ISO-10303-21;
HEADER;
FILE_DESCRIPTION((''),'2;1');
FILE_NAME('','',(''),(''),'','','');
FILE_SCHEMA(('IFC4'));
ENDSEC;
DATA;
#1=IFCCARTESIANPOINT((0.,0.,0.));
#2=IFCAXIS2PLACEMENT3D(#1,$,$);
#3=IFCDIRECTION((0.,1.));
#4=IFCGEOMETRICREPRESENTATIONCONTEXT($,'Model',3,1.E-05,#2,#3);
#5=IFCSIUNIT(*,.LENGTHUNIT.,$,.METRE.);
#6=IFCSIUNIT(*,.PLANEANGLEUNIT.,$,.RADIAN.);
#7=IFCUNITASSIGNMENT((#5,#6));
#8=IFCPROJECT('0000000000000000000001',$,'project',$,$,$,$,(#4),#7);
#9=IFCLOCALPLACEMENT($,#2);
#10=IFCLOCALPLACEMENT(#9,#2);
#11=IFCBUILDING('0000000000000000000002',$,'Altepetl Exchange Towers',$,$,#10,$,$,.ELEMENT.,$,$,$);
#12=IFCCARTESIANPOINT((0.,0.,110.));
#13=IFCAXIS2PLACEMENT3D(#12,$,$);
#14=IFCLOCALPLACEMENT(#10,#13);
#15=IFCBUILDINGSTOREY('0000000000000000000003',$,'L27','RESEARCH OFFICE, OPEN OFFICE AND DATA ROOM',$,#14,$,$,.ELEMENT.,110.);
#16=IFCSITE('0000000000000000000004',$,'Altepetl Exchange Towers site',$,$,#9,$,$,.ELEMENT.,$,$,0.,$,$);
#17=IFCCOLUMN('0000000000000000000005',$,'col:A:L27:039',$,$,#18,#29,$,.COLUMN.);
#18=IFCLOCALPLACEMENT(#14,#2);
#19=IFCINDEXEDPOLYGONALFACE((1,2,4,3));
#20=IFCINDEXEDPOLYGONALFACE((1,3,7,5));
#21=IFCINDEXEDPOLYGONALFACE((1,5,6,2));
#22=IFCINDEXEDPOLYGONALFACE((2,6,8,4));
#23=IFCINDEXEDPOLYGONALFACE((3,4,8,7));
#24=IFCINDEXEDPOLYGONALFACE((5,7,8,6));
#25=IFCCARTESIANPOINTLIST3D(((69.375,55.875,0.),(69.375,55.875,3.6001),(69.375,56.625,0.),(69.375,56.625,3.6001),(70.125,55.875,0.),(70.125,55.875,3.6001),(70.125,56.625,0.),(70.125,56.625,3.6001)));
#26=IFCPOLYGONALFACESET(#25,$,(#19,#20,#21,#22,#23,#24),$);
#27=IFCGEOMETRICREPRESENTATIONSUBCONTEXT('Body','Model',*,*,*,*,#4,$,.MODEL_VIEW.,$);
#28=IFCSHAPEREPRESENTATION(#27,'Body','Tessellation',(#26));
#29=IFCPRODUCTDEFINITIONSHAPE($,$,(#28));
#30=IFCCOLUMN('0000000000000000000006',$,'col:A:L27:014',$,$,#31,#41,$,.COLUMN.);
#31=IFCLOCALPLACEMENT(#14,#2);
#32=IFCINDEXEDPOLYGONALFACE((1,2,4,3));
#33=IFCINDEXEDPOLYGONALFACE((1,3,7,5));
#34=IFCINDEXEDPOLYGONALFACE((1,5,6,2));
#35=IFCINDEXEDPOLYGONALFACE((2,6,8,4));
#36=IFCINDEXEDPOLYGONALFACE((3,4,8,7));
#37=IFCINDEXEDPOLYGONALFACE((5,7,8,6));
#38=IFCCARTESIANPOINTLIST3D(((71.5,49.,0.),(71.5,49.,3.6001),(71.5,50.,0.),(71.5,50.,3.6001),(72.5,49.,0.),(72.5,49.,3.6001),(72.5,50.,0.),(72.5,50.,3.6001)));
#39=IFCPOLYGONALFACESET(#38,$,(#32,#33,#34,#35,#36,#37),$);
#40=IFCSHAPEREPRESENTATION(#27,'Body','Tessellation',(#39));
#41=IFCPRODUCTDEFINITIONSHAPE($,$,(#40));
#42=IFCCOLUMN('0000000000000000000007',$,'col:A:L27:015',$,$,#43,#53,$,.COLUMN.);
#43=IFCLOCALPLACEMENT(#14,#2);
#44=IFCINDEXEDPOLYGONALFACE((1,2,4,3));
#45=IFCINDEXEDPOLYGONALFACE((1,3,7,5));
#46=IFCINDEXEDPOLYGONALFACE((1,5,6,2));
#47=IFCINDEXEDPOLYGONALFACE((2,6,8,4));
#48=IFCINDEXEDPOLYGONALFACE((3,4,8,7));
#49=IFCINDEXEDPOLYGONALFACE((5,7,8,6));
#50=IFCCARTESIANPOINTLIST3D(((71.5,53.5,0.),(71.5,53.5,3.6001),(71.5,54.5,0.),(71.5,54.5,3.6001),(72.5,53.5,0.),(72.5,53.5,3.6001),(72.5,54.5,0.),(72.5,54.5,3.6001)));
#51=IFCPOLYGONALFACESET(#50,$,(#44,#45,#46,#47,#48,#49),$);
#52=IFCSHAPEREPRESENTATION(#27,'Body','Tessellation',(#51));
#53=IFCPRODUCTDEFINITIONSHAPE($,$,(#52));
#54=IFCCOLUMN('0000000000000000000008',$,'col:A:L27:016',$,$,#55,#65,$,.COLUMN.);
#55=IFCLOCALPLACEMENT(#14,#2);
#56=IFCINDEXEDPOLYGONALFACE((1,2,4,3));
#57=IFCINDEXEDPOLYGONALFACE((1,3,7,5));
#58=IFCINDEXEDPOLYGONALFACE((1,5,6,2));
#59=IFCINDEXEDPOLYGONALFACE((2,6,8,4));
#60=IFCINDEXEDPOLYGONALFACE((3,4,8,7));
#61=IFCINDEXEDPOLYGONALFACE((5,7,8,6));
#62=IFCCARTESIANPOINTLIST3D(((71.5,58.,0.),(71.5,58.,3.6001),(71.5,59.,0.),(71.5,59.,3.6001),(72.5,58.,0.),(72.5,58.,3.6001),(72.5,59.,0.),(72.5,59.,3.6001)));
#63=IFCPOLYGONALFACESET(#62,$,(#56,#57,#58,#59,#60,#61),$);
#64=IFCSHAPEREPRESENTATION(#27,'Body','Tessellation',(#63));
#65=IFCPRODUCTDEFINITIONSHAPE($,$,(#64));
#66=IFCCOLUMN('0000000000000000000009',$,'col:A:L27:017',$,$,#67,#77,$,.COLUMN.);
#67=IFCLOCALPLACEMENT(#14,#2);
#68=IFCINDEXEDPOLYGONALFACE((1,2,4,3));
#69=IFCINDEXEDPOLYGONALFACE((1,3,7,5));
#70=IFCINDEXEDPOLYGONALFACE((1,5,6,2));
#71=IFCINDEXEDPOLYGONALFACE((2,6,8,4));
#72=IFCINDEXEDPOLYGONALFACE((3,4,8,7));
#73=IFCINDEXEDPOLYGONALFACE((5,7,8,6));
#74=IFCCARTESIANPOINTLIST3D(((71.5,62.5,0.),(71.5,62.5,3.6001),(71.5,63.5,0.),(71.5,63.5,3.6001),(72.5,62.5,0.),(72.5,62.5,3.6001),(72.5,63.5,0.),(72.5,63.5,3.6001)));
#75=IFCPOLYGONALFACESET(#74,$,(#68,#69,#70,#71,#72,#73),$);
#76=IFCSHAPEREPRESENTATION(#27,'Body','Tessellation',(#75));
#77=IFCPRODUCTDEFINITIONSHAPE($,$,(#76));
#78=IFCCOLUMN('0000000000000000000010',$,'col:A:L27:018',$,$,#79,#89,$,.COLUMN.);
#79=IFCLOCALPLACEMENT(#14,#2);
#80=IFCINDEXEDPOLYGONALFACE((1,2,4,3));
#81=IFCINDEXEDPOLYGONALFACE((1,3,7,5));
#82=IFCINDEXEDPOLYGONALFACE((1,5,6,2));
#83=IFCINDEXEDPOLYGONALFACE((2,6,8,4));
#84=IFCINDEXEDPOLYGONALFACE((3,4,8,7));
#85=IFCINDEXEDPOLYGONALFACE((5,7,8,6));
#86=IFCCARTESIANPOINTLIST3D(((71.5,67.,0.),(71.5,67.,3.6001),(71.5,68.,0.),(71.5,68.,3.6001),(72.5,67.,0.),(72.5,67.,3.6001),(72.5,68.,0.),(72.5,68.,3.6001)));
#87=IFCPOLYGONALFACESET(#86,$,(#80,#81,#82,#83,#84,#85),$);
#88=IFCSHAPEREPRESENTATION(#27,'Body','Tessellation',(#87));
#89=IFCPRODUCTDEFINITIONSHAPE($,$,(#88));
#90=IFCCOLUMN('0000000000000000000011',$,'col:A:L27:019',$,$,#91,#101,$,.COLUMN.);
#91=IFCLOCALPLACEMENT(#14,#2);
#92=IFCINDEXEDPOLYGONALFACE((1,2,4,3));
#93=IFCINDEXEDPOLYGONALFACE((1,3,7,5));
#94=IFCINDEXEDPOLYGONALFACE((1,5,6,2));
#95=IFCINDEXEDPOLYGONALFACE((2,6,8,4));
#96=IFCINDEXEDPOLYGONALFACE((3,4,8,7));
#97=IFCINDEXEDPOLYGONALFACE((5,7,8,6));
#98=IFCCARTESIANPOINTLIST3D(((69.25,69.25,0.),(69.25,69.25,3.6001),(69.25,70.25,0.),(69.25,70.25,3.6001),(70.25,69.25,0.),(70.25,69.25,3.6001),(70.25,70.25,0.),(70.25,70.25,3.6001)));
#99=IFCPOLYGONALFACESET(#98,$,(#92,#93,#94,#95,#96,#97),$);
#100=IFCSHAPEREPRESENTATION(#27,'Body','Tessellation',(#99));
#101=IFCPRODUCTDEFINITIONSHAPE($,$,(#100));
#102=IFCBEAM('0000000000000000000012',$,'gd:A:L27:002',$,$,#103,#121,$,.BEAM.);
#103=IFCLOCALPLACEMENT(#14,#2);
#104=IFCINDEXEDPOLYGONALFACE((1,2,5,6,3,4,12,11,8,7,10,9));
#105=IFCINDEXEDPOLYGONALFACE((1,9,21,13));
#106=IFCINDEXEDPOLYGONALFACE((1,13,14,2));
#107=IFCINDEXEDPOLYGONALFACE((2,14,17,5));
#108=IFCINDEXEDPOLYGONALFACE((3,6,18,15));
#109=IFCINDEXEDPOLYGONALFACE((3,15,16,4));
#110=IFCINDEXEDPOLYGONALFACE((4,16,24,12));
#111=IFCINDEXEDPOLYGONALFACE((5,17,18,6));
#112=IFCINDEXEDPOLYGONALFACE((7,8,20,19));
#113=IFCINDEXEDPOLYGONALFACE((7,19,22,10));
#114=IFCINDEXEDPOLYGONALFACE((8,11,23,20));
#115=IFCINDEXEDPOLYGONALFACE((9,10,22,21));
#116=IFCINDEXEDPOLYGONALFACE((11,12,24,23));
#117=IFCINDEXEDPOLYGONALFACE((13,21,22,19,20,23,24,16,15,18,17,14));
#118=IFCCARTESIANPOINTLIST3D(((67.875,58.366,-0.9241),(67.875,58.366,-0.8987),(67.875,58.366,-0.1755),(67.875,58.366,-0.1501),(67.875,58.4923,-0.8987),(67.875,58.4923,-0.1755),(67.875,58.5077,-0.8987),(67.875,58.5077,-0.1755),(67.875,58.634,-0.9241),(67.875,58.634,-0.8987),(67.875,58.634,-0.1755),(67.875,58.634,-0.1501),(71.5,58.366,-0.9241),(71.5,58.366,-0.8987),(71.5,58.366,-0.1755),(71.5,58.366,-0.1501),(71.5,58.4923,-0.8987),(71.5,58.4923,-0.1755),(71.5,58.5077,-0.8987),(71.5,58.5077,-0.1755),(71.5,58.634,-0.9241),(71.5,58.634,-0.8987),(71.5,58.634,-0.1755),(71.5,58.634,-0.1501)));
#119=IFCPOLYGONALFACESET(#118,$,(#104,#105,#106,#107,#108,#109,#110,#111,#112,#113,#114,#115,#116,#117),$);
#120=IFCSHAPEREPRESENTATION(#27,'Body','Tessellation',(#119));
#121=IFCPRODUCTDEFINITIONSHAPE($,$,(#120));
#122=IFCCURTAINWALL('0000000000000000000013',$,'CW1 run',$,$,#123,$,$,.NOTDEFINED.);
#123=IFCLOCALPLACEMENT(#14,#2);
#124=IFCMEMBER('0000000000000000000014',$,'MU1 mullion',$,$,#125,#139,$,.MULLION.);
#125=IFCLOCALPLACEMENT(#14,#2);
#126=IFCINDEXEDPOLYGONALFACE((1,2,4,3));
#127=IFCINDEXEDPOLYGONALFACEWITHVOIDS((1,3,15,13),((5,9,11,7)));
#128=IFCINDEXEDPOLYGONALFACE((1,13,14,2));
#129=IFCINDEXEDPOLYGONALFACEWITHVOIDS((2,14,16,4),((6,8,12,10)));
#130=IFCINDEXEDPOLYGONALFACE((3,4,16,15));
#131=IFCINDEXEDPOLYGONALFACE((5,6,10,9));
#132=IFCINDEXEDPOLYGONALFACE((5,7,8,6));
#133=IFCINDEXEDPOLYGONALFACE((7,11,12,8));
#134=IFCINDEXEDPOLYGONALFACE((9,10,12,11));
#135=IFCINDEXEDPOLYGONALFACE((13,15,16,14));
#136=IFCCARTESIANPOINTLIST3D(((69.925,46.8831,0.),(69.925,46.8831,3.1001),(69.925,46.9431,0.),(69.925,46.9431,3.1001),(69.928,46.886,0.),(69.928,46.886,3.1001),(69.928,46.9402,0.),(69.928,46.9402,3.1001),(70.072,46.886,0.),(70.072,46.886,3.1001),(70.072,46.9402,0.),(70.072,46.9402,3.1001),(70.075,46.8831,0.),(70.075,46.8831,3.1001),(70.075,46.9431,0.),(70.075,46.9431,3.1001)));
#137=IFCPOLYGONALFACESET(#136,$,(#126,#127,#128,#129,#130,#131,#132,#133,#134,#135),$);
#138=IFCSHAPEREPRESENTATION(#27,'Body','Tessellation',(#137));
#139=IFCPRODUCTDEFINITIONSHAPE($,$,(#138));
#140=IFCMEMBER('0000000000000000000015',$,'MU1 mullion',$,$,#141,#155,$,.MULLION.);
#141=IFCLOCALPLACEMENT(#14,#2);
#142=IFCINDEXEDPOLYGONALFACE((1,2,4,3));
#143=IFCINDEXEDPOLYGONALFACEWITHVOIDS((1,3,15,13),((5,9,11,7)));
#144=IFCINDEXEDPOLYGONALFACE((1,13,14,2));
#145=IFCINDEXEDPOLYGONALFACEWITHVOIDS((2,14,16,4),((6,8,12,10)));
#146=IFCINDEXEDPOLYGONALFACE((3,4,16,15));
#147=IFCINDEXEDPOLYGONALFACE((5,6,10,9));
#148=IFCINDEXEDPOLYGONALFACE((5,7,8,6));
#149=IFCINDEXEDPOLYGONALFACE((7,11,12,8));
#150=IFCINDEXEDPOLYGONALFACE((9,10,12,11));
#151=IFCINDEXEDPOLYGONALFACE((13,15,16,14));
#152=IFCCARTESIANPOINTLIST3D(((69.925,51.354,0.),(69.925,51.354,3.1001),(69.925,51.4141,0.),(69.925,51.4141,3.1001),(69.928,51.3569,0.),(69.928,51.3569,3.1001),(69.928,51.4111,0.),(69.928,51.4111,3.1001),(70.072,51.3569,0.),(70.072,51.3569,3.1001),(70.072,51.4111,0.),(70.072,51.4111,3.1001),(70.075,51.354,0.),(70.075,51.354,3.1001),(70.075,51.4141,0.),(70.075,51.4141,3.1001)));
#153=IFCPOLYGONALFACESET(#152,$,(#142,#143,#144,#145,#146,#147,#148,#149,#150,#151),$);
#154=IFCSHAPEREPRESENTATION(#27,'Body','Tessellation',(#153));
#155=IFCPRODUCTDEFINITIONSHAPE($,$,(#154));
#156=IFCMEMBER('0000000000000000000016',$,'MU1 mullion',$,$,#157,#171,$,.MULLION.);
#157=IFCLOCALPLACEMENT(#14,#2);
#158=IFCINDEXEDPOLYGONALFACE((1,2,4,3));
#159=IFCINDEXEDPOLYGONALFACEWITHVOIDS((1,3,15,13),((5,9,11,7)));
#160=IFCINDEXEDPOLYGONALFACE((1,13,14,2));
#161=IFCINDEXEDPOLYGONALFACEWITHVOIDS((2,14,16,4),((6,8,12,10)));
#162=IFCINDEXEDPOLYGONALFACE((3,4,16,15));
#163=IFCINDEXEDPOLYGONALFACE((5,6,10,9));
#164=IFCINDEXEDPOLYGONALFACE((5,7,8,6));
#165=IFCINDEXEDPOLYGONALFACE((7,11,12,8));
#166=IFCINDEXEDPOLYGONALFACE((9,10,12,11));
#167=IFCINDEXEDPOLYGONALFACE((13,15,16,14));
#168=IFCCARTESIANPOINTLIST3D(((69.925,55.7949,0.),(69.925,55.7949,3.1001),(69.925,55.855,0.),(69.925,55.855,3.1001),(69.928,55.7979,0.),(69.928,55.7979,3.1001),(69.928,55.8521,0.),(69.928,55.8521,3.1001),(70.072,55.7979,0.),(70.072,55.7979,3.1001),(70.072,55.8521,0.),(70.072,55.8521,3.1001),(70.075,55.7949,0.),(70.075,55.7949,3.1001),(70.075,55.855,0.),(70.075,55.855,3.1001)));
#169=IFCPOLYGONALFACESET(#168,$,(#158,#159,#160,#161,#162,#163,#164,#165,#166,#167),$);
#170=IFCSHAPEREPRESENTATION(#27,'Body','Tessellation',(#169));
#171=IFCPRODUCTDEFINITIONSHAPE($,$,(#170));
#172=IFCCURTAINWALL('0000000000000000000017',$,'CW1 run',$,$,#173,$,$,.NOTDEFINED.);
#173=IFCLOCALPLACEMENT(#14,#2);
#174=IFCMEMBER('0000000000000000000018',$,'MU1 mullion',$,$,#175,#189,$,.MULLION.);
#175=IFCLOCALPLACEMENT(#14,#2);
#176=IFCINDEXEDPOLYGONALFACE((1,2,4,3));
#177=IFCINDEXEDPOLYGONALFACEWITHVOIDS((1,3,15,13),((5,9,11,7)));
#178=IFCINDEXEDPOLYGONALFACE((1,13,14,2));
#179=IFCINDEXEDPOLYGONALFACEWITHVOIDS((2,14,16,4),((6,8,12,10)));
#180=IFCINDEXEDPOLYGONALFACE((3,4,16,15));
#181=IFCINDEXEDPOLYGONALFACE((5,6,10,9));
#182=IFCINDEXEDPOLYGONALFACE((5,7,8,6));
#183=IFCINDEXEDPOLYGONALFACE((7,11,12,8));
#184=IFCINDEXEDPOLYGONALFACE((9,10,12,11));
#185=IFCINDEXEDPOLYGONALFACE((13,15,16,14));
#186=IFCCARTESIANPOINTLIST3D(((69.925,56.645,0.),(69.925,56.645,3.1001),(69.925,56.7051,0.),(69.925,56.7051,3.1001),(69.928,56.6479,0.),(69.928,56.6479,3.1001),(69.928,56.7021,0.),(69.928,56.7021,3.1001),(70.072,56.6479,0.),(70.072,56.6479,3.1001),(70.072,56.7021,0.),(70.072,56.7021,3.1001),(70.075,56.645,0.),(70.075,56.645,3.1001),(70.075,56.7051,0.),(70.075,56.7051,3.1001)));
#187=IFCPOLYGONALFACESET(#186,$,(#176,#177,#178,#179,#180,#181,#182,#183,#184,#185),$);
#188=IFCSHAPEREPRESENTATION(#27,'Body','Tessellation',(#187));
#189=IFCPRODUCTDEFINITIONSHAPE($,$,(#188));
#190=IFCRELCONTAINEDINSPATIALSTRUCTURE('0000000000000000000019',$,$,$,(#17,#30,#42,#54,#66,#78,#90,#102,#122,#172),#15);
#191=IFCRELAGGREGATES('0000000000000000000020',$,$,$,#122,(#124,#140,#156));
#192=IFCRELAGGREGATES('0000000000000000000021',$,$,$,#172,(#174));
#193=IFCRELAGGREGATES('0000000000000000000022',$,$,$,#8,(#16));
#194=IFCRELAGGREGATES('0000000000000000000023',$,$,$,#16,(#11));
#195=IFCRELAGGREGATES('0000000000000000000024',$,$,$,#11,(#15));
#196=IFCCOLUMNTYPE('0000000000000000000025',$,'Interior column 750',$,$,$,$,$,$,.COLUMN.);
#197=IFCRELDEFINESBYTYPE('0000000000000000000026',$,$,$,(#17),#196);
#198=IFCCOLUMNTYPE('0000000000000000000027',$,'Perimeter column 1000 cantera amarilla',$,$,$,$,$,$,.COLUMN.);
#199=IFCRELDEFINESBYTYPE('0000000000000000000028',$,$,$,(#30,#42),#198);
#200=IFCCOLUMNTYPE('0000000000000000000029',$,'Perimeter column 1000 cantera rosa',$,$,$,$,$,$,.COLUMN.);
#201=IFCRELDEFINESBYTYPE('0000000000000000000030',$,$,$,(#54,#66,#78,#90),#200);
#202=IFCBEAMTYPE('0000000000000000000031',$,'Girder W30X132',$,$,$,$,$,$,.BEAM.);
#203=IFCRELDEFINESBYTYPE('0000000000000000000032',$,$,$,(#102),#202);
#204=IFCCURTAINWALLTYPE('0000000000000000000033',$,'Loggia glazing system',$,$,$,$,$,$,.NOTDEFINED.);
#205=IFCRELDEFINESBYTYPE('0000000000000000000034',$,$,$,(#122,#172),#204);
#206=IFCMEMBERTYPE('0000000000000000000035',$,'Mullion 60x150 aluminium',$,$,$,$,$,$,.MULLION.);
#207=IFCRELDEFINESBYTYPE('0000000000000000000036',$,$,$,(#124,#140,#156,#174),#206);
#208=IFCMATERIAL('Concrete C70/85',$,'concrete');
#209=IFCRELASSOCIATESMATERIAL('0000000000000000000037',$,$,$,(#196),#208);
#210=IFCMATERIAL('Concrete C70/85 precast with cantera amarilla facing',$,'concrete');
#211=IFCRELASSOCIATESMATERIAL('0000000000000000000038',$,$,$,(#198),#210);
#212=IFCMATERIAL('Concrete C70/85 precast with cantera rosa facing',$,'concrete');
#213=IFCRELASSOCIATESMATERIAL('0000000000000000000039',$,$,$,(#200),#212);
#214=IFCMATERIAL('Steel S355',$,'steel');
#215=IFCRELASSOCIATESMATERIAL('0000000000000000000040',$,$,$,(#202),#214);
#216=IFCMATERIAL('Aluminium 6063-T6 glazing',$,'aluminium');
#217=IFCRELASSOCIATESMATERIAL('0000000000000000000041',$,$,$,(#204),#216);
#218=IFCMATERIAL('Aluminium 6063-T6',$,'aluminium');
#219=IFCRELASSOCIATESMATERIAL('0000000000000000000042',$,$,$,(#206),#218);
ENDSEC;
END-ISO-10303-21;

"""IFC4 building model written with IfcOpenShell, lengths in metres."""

from ifc_helpers import new_model, si_unit, direction, frame, origin, origin_2d, place, context, subcontext, project, spatial, rectangle, hollow_rectangle, i_section, extrude, material, material_profile, profile_set, type_object, element, aggregate, save


model = new_model("IFC4")

# Units and contexts
model_context = context("Model", 3, precision=1e-05, world=origin(), true_north=direction((0.0, 1.0)))
body_context = subcontext(model_context, "Body", "Model", "MODEL_VIEW")
ifc_project = project(units=[si_unit("LENGTHUNIT", "METRE"), si_unit("PLANEANGLEUNIT", "RADIAN")], contexts=[model_context])

# Site, building, storey
site_placement = place(None, origin())
site = spatial("IfcSite", under=ifc_project, at=site_placement, Name="Altepetl Exchange Towers site", CompositionType="ELEMENT", RefElevation=0.0)
building_placement = place(site_placement, origin())
building = spatial("IfcBuilding", under=site, at=building_placement, Name="Altepetl Exchange Towers", CompositionType="ELEMENT")
storey_placement = place(building_placement, frame((0.0, 0.0, 110.0)))
storey = spatial("IfcBuildingStorey", under=building, at=storey_placement, Name="L27", Description="RESEARCH OFFICE, OPEN OFFICE AND DATA ROOM", CompositionType="ELEMENT", Elevation=110.0)

# Columns
ifc_material_1 = material(Name="Concrete C70/85", Category="concrete")
ifc_material_profile_1 = material_profile(ifc_material_1, rectangle(XDim=0.75, YDim=0.75, at=origin_2d()), Name="750 x 750")
ifc_profile_set_1 = profile_set([ifc_material_profile_1], Name="Concrete C70/85")
column_type_1 = type_object("IfcColumnType", Name="Interior column 750", PredefinedType="COLUMN", material=ifc_profile_set_1)
column_placement = place(storey_placement, frame((69.75, 56.25, 0.0)))
element("IfcColumn", 1, at=column_placement, inside=storey, type_object=column_type_1, Name="col:A:L27:039", PredefinedType="COLUMN", context=body_context, shape_type="SweptSolid", body=[
    extrude(rectangle(XDim=0.75, YDim=0.75, at=origin_2d()), origin(), (0.0, 0.0, 1.0), 3.6001),
])
ifc_material_2 = material(Name="Concrete C70/85 precast with cantera amarilla facing", Category="concrete")
ifc_material_profile_2 = material_profile(ifc_material_2, rectangle(XDim=1.0, YDim=1.0, at=origin_2d()), Name="1000 x 1000")
ifc_profile_set_2 = profile_set([ifc_material_profile_2], Name="Concrete C70/85 precast with cantera amarilla facing")
column_type_2 = type_object("IfcColumnType", Name="Perimeter column 1000 cantera amarilla", PredefinedType="COLUMN", material=ifc_profile_set_2)
for number, where, name in (
    (2, (72.0, 49.5, 0.0), "col:A:L27:014"),
    (3, (72.0, 54.0, 0.0), "col:A:L27:015"),
):
    element("IfcColumn", number, at=place(storey_placement, frame(where)), inside=storey, type_object=column_type_2, Name=name, PredefinedType="COLUMN", context=body_context, shape_type="SweptSolid", body=[
        extrude(rectangle(XDim=1.0, YDim=1.0, at=origin_2d()), origin(), (0.0, 0.0, 1.0), 3.6001),
    ])
ifc_material_3 = material(Name="Concrete C70/85 precast with cantera rosa facing", Category="concrete")
ifc_material_profile_3 = material_profile(ifc_material_3, rectangle(XDim=1.0, YDim=1.0, at=origin_2d()), Name="1000 x 1000")
ifc_profile_set_3 = profile_set([ifc_material_profile_3], Name="Concrete C70/85 precast with cantera rosa facing")
column_type_3 = type_object("IfcColumnType", Name="Perimeter column 1000 cantera rosa", PredefinedType="COLUMN", material=ifc_profile_set_3)
for number, where, name in (
    (4, (72.0, 58.5, 0.0), "col:A:L27:016"),
    (5, (72.0, 63.0, 0.0), "col:A:L27:017"),
    (6, (72.0, 67.5, 0.0), "col:A:L27:018"),
    (7, (69.75, 69.75, 0.0), "col:A:L27:019"),
):
    element("IfcColumn", number, at=place(storey_placement, frame(where)), inside=storey, type_object=column_type_3, Name=name, PredefinedType="COLUMN", context=body_context, shape_type="SweptSolid", body=[
        extrude(rectangle(XDim=1.0, YDim=1.0, at=origin_2d()), origin(), (0.0, 0.0, 1.0), 3.6001),
    ])

# Beam
ifc_material_4 = material(Name="Steel S355", Category="steel")
ifc_material_profile_4 = material_profile(ifc_material_4, i_section(OverallWidth=0.2681, OverallDepth=0.7739, WebThickness=0.0154, FlangeThickness=0.0254, at=origin_2d()), Name="W30X132")
ifc_profile_set_4 = profile_set([ifc_material_profile_4], Name="Steel S355")
beam_type_1 = type_object("IfcBeamType", Name="Girder W30X132", PredefinedType="BEAM", material=ifc_profile_set_4)
beam_1_placement = place(storey_placement, frame((67.875, 58.5, -0.5371), z_axis=(1.0, 0.0, 0.0), x_axis=(0.0, 1.0, 0.0)))
element("IfcBeam", 8, at=beam_1_placement, inside=storey, type_object=beam_type_1, Name="gd:A:L27:002", PredefinedType="BEAM", context=body_context, shape_type="SweptSolid", body=[
    extrude(i_section(OverallWidth=0.2681, OverallDepth=0.7739, WebThickness=0.0154, FlangeThickness=0.0254, at=origin_2d()), origin(), (0.0, 0.0, 1.0), 3.625),
])

# Curtain walls, members
ifc_material_5 = material(Name="Aluminium 6063-T6 glazing", Category="aluminium")
curtain_wall_type = type_object("IfcCurtainWallType", Name="Loggia glazing system", PredefinedType="NOTDEFINED", material=ifc_material_5)
curtain_wall_1_placement = place(storey_placement, origin())
curtain_wall_1 = element("IfcCurtainWall", 9, at=curtain_wall_1_placement, inside=storey, type_object=curtain_wall_type, Name="CW1 run", PredefinedType="NOTDEFINED")
ifc_material_6 = material(Name="Aluminium 6063-T6", Category="aluminium")
ifc_material_profile_5 = material_profile(ifc_material_6, hollow_rectangle(XDim=0.0601, YDim=0.1499, WallThickness=0.0029, at=origin_2d()), Name="Mullion 60x150 aluminium")
ifc_profile_set_5 = profile_set([ifc_material_profile_5], Name="Aluminium 6063-T6")
member_type = type_object("IfcMemberType", Name="Mullion 60x150 aluminium", PredefinedType="MULLION", material=ifc_profile_set_5)
member_1_placement = place(storey_placement, frame((70.0, 46.9131, 0.0), z_axis=(0.0, 0.0, 1.0), x_axis=(0.0, 1.0, 0.0)))
member_1 = element("IfcMember", 10, at=member_1_placement, type_object=member_type, Name="MU1 mullion", PredefinedType="MULLION", context=body_context, shape_type="SweptSolid", body=[
    extrude(hollow_rectangle(XDim=0.0601, YDim=0.1499, WallThickness=0.0029, at=origin_2d()), origin(), (0.0, 0.0, 1.0), 3.1001),
])
member_2_placement = place(storey_placement, frame((70.0, 51.384, 0.0), z_axis=(0.0, 0.0, 1.0), x_axis=(0.0, 1.0, 0.0)))
member_2 = element("IfcMember", 11, at=member_2_placement, type_object=member_type, Name="MU1 mullion", PredefinedType="MULLION", context=body_context, shape_type="SweptSolid", body=[
    extrude(hollow_rectangle(XDim=0.0601, YDim=0.1499, WallThickness=0.0029, at=origin_2d()), origin(), (0.0, 0.0, 1.0), 3.1001),
])
member_3_placement = place(storey_placement, frame((70.0, 55.825, 0.0), z_axis=(0.0, 0.0, 1.0), x_axis=(0.0, 1.0, 0.0)))
member_3 = element("IfcMember", 12, at=member_3_placement, type_object=member_type, Name="MU1 mullion", PredefinedType="MULLION", context=body_context, shape_type="SweptSolid", body=[
    extrude(hollow_rectangle(XDim=0.0601, YDim=0.1499, WallThickness=0.0029, at=origin_2d()), origin(), (0.0, 0.0, 1.0), 3.1001),
])
curtain_wall_2_placement = place(storey_placement, origin())
curtain_wall_2 = element("IfcCurtainWall", 13, at=curtain_wall_2_placement, inside=storey, type_object=curtain_wall_type, Name="CW1 run", PredefinedType="NOTDEFINED")
member_4_placement = place(storey_placement, frame((70.0, 56.675, 0.0), z_axis=(0.0, 0.0, 1.0), x_axis=(0.0, 1.0, 0.0)))
member_4 = element("IfcMember", 14, at=member_4_placement, type_object=member_type, Name="MU1 mullion", PredefinedType="MULLION", context=body_context, shape_type="SweptSolid", body=[
    extrude(hollow_rectangle(XDim=0.0601, YDim=0.1499, WallThickness=0.0029, at=origin_2d()), origin(), (0.0, 0.0, 1.0), 3.1001),
])

aggregate(curtain_wall_1, [member_1, member_2, member_3])
aggregate(curtain_wall_2, [member_4])

save(model, "model.ifc")
